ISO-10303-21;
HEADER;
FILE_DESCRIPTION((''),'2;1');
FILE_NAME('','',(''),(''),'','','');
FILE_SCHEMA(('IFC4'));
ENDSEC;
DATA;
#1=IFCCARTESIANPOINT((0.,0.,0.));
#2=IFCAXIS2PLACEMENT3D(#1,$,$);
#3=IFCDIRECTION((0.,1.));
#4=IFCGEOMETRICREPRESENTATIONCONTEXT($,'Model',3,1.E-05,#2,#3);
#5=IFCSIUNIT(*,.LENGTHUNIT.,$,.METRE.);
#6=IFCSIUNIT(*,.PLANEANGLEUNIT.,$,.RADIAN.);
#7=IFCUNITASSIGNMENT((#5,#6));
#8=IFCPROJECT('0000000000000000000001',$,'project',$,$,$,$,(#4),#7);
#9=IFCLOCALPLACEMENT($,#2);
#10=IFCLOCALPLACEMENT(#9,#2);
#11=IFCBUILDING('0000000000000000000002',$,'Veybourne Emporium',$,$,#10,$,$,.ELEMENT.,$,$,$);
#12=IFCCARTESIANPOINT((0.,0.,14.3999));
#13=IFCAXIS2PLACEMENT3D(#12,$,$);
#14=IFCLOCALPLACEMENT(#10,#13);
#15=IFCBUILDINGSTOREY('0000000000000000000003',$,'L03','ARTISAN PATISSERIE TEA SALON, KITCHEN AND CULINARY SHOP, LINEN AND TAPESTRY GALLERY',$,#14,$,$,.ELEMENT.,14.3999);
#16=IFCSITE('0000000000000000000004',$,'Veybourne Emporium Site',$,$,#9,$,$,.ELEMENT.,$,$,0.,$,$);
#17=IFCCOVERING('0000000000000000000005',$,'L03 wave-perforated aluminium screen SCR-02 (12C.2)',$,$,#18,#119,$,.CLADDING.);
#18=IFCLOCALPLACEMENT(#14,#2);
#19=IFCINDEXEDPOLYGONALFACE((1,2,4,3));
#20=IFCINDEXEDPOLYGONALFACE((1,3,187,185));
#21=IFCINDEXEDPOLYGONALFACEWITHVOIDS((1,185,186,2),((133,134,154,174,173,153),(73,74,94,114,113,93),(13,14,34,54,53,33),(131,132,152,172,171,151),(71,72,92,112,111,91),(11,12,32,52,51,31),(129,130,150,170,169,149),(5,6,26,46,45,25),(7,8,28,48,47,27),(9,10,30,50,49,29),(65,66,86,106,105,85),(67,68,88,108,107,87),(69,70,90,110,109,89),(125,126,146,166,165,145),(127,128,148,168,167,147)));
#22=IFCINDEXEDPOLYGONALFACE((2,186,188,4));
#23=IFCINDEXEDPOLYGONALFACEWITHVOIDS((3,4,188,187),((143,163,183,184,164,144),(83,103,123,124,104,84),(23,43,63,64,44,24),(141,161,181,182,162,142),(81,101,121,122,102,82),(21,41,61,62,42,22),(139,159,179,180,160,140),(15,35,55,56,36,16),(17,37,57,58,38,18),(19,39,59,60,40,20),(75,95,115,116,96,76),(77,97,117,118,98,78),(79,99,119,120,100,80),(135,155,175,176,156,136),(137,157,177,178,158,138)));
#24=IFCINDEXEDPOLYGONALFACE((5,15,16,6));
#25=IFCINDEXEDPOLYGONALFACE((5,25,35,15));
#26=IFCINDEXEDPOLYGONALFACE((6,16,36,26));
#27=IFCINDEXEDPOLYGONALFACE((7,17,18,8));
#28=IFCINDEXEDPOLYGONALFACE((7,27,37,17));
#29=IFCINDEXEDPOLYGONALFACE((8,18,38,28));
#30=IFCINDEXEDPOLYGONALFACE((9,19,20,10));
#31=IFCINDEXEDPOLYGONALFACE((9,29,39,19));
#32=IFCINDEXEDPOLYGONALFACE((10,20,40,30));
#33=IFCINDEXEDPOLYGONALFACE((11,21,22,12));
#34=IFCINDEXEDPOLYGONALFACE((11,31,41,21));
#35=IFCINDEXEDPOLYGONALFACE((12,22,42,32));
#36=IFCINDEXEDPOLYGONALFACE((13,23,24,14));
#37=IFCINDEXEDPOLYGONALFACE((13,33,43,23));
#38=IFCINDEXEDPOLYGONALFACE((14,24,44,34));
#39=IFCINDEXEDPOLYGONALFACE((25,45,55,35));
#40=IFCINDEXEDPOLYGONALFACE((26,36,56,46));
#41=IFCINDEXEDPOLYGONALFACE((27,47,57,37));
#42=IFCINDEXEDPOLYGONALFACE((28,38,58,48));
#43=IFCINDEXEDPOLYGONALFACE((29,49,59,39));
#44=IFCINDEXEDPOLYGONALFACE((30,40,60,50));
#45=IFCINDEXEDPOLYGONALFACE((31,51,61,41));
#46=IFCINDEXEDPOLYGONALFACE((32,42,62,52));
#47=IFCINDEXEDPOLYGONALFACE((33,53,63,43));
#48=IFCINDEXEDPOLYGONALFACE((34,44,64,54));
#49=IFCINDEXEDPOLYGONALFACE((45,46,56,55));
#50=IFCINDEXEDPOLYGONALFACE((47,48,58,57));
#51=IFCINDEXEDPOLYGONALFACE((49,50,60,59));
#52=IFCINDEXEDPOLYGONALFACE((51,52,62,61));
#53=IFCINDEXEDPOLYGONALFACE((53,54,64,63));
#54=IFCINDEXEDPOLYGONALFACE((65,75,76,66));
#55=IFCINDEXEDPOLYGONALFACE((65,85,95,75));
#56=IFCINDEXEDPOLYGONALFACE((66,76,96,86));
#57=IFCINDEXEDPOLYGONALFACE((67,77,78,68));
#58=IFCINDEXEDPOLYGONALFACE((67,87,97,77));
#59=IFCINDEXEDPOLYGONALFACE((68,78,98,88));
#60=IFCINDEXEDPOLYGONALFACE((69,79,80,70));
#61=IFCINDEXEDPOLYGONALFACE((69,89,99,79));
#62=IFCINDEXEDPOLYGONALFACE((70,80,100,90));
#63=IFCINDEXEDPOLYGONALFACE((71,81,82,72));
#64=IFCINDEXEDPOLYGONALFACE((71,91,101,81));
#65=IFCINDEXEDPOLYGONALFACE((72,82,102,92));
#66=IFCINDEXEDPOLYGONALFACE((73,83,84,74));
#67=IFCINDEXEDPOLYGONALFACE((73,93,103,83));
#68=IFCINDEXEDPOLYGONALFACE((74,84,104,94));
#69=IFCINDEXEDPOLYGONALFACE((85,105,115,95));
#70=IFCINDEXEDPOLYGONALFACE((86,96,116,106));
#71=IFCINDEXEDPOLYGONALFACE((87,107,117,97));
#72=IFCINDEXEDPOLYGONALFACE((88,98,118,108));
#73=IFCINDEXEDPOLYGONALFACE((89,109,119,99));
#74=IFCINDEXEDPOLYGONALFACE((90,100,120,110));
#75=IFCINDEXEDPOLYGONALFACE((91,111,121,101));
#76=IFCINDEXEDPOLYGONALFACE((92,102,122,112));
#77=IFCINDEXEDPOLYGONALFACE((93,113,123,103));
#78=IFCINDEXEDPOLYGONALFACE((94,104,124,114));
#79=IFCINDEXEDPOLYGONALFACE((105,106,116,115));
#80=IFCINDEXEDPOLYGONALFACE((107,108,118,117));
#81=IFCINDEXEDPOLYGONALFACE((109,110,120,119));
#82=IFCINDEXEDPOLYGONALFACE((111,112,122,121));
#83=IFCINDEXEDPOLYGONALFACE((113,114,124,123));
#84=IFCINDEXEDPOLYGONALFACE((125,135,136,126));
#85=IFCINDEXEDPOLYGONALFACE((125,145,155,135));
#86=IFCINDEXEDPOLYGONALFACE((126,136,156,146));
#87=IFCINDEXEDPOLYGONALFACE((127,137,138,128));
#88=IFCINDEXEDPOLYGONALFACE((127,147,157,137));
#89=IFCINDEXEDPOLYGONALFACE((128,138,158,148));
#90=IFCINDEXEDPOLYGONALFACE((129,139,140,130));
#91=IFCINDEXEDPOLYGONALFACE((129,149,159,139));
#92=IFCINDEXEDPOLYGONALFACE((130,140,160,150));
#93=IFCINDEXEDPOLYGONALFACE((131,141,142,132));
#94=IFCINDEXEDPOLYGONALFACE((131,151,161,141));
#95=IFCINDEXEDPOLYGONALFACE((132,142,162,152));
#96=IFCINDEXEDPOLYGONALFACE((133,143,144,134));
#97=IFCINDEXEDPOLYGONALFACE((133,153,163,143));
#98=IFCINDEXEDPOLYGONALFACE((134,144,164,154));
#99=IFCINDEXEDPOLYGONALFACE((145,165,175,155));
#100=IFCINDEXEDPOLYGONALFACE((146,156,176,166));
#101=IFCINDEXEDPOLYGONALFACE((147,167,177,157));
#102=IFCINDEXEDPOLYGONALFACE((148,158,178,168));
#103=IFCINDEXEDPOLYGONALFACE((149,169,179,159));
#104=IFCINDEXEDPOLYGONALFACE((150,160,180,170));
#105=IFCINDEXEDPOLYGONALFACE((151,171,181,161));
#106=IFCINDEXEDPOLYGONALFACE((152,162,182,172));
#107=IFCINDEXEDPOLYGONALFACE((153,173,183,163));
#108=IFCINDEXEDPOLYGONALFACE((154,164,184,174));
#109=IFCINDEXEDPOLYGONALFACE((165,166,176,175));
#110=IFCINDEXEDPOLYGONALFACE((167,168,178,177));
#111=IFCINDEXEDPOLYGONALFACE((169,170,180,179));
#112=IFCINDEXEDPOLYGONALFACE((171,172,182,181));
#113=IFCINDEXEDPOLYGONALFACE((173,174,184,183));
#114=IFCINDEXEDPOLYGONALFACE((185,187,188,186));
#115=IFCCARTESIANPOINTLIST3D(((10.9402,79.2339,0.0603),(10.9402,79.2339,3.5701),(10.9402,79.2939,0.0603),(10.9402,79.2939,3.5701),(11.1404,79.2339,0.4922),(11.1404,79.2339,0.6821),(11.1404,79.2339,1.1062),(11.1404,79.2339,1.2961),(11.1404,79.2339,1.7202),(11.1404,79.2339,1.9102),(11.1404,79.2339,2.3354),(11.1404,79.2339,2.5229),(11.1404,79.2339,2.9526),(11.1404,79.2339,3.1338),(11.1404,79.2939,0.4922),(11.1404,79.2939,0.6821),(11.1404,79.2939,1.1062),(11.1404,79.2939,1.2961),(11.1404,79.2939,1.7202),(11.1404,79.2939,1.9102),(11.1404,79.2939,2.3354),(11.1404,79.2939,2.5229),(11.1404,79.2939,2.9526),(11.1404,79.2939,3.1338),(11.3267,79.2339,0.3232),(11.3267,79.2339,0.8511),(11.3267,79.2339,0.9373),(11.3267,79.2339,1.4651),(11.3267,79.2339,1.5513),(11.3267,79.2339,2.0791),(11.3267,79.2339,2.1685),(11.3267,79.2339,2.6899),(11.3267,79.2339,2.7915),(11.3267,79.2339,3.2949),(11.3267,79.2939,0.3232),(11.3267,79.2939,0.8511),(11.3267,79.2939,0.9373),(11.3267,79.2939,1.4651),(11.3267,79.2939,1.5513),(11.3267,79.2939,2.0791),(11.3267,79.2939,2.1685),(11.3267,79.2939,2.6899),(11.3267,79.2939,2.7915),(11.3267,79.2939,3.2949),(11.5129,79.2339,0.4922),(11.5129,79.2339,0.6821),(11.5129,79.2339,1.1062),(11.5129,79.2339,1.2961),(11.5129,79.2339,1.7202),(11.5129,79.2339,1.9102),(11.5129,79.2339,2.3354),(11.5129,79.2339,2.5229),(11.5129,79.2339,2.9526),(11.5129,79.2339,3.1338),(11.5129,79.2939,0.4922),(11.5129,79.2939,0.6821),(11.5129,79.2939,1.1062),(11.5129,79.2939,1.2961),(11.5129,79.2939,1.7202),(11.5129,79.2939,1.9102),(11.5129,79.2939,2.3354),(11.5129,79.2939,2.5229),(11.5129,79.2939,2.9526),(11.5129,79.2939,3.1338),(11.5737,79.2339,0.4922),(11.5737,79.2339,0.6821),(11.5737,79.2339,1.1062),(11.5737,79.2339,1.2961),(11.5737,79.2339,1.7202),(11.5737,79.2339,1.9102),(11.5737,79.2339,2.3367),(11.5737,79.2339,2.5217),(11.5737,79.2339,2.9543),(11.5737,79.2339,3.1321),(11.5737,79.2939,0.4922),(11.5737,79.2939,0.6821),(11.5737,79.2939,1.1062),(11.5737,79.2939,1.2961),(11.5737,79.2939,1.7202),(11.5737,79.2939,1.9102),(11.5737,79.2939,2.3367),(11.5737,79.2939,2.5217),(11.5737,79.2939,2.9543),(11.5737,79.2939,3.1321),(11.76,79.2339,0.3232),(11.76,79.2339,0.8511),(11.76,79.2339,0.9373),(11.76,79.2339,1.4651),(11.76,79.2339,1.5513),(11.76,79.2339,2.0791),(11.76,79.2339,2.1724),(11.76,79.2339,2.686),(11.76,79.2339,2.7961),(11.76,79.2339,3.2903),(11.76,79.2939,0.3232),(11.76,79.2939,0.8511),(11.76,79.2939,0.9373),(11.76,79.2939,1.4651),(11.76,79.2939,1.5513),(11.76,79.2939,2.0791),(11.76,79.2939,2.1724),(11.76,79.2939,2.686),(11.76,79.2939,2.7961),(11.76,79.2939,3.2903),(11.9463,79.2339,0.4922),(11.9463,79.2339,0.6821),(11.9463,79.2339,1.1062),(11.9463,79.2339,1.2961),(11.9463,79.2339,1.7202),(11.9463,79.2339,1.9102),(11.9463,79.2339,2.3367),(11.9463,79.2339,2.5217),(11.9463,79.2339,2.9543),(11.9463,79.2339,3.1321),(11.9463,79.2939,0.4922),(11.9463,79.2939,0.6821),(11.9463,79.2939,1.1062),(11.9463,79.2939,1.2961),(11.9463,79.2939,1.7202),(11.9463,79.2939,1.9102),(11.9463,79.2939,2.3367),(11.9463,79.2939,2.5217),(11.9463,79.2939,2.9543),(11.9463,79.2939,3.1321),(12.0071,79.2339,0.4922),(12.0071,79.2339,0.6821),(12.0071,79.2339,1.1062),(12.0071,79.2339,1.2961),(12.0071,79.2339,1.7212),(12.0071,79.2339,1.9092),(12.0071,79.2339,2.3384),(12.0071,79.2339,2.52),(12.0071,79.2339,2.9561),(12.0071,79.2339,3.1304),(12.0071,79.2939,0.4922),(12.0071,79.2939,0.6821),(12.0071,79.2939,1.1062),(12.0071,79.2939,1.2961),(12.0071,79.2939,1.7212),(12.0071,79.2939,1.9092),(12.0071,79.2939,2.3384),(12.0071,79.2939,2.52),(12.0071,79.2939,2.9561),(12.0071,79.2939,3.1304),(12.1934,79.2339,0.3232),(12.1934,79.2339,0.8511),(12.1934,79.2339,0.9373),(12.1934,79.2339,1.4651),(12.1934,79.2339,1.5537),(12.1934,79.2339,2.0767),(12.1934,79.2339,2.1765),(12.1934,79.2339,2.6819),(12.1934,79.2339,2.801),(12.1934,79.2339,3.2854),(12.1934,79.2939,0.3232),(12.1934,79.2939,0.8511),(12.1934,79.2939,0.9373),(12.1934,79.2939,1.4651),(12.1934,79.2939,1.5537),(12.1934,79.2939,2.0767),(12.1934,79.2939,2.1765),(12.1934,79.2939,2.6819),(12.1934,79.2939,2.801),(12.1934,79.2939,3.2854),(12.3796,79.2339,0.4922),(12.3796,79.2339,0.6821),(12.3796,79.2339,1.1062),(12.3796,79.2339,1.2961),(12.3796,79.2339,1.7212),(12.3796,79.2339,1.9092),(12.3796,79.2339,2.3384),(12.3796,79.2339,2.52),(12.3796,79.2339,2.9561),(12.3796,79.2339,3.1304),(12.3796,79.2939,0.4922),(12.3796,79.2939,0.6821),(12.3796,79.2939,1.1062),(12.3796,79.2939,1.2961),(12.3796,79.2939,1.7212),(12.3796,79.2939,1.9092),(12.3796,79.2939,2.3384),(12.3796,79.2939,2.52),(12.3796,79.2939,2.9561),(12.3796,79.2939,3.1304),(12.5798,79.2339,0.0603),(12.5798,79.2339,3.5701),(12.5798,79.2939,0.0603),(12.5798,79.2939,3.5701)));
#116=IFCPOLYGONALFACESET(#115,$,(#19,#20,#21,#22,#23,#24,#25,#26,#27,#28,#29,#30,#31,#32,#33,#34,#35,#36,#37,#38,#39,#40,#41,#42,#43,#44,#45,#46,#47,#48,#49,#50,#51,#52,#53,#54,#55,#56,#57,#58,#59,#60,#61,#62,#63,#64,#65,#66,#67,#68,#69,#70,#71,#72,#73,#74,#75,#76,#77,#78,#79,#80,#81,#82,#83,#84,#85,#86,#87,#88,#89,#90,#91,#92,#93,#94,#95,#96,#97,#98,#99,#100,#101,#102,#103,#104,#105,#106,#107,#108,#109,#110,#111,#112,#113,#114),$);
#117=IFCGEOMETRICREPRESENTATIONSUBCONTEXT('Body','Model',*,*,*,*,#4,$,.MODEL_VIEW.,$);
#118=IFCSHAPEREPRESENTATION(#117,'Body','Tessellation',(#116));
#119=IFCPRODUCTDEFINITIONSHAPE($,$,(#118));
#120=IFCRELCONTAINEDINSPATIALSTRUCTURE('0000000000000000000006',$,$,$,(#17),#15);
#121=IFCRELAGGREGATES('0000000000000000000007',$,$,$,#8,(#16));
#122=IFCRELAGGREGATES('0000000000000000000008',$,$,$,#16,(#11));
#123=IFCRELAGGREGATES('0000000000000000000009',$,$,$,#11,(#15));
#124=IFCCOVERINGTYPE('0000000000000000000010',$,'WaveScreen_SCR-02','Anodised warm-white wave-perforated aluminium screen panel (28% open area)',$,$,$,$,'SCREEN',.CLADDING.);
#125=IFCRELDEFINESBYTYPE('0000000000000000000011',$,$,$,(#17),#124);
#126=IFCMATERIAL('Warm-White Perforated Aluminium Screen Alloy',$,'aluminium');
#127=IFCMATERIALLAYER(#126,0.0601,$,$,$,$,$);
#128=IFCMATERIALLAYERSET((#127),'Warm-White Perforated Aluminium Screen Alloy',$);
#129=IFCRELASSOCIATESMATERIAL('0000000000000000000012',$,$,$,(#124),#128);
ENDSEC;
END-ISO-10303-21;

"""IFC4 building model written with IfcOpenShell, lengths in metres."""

from ifc_helpers import new_model, si_unit, direction, frame, origin, place, context, subcontext, project, spatial, polyline, outline, extrude, material, layer, layer_set, type_object, element, save


model = new_model("IFC4")

# Units and contexts
model_context = context("Model", 3, precision=1e-05, world=origin(), true_north=direction((0.0, 1.0)))
body_context = subcontext(model_context, "Body", "Model", "MODEL_VIEW")
ifc_project = project(units=[si_unit("LENGTHUNIT", "METRE"), si_unit("PLANEANGLEUNIT", "RADIAN")], contexts=[model_context])

# Site, building, storey
site_placement = place(None, origin())
site = spatial("IfcSite", under=ifc_project, at=site_placement, Name="Veybourne Emporium Site", CompositionType="ELEMENT", RefElevation=0.0)
building_placement = place(site_placement, origin())
building = spatial("IfcBuilding", under=site, at=building_placement, Name="Veybourne Emporium", CompositionType="ELEMENT")
storey_placement = place(building_placement, frame((0.0, 0.0, 14.3999)))
storey = spatial("IfcBuildingStorey", under=building, at=storey_placement, Name="L03", Description="ARTISAN PATISSERIE TEA SALON, KITCHEN AND CULINARY SHOP, LINEN AND TAPESTRY GALLERY", CompositionType="ELEMENT", Elevation=14.3999)

# Covering
ifc_material_1 = material(Name="Warm-White Perforated Aluminium Screen Alloy", Category="aluminium")
ifc_layer_1 = layer(ifc_material_1, 0.0601)
ifc_layer_set_1 = layer_set([ifc_layer_1], Name="Warm-White Perforated Aluminium Screen Alloy")
covering_type_1 = type_object("IfcCoveringType", Name="WaveScreen_SCR-02", Description="Anodised warm-white wave-perforated aluminium screen panel (28% open area)", ElementType="SCREEN", PredefinedType="CLADDING", material=ifc_layer_set_1)
covering_1_placement = place(storey_placement, frame((11.76, 79.2939, 1.8152), z_axis=(0.0, -1.0, 0.0), x_axis=(1.0, 0.0, 0.0)))
element("IfcCovering", 1, at=covering_1_placement, inside=storey, type_object=covering_type_1, Name="L03 wave-perforated aluminium screen SCR-02 (12C.2)", PredefinedType="CLADDING", context=body_context, shape_type="SweptSolid", body=[
    extrude(outline(polyline([(-0.8198, -1.7549), (0.8198, -1.7549), (0.8198, 1.7549), (-0.8198, 1.7549), (-0.8198, -1.7549)]), holes=[polyline([(-0.4333, -0.9641), (-0.2471, -1.1331), (-0.2471, -1.323), (-0.4333, -1.4919), (-0.6196, -1.323), (-0.6196, -1.1331), (-0.4333, -0.9641)]), polyline([(-0.4333, -0.3501), (-0.2471, -0.519), (-0.2471, -0.709), (-0.4333, -0.8779), (-0.6196, -0.709), (-0.6196, -0.519), (-0.4333, -0.3501)]), polyline([(-0.4333, 0.2639), (-0.2471, 0.095), (-0.2471, -0.095), (-0.4333, -0.2639), (-0.6196, -0.095), (-0.6196, 0.095), (-0.4333, 0.2639)]), polyline([(-0.4333, 0.8748), (-0.2471, 0.7078), (-0.2471, 0.5203), (-0.4333, 0.3533), (-0.6196, 0.5203), (-0.6196, 0.7078), (-0.4333, 0.8748)]), polyline([(-0.4333, 1.4797), (-0.2471, 1.3186), (-0.2471, 1.1375), (-0.4333, 0.9763), (-0.6196, 1.1375), (-0.6196, 1.3186), (-0.4333, 1.4797)]), polyline([(0.0, -0.9641), (0.1863, -1.1331), (0.1863, -1.323), (0.0, -1.4919), (-0.1863, -1.323), (-0.1863, -1.1331), (0.0, -0.9641)]), polyline([(0.0, -0.3501), (0.1863, -0.519), (0.1863, -0.709), (0.0, -0.8779), (-0.1863, -0.709), (-0.1863, -0.519), (0.0, -0.3501)]), polyline([(0.0, 0.2639), (0.1863, 0.095), (0.1863, -0.095), (0.0, -0.2639), (-0.1863, -0.095), (-0.1863, 0.095), (0.0, 0.2639)]), polyline([(0.0, 0.8708), (0.1863, 0.7065), (0.1863, 0.5215), (0.0, 0.3572), (-0.1863, 0.5215), (-0.1863, 0.7065), (0.0, 0.8708)]), polyline([(0.0, 1.4751), (0.1863, 1.3169), (0.1863, 1.1392), (0.0, 0.981), (-0.1863, 1.1392), (-0.1863, 1.3169), (0.0, 1.4751)]), polyline([(0.4333, -0.9641), (0.6196, -1.1331), (0.6196, -1.323), (0.4333, -1.4919), (0.2471, -1.323), (0.2471, -1.1331), (0.4333, -0.9641)]), polyline([(0.4333, -0.3501), (0.6196, -0.519), (0.6196, -0.709), (0.4333, -0.8779), (0.2471, -0.709), (0.2471, -0.519), (0.4333, -0.3501)]), polyline([(0.4333, 0.2615), (0.6196, 0.094), (0.6196, -0.094), (0.4333, -0.2615), (0.2471, -0.094), (0.2471, 0.094), (0.4333, 0.2615)]), polyline([(0.4333, 0.8667), (0.6196, 0.7048), (0.6196, 0.5232), (0.4333, 0.3613), (0.2471, 0.5232), (0.2471, 0.7048), (0.4333, 0.8667)]), polyline([(0.4333, 1.4702), (0.6196, 1.3152), (0.6196, 1.1409), (0.4333, 0.9858), (0.2471, 1.1409), (0.2471, 1.3152), (0.4333, 1.4702)])]), origin(), (0.0, 0.0, 1.0), 0.0601),
])

save(model, "model.ifc")
